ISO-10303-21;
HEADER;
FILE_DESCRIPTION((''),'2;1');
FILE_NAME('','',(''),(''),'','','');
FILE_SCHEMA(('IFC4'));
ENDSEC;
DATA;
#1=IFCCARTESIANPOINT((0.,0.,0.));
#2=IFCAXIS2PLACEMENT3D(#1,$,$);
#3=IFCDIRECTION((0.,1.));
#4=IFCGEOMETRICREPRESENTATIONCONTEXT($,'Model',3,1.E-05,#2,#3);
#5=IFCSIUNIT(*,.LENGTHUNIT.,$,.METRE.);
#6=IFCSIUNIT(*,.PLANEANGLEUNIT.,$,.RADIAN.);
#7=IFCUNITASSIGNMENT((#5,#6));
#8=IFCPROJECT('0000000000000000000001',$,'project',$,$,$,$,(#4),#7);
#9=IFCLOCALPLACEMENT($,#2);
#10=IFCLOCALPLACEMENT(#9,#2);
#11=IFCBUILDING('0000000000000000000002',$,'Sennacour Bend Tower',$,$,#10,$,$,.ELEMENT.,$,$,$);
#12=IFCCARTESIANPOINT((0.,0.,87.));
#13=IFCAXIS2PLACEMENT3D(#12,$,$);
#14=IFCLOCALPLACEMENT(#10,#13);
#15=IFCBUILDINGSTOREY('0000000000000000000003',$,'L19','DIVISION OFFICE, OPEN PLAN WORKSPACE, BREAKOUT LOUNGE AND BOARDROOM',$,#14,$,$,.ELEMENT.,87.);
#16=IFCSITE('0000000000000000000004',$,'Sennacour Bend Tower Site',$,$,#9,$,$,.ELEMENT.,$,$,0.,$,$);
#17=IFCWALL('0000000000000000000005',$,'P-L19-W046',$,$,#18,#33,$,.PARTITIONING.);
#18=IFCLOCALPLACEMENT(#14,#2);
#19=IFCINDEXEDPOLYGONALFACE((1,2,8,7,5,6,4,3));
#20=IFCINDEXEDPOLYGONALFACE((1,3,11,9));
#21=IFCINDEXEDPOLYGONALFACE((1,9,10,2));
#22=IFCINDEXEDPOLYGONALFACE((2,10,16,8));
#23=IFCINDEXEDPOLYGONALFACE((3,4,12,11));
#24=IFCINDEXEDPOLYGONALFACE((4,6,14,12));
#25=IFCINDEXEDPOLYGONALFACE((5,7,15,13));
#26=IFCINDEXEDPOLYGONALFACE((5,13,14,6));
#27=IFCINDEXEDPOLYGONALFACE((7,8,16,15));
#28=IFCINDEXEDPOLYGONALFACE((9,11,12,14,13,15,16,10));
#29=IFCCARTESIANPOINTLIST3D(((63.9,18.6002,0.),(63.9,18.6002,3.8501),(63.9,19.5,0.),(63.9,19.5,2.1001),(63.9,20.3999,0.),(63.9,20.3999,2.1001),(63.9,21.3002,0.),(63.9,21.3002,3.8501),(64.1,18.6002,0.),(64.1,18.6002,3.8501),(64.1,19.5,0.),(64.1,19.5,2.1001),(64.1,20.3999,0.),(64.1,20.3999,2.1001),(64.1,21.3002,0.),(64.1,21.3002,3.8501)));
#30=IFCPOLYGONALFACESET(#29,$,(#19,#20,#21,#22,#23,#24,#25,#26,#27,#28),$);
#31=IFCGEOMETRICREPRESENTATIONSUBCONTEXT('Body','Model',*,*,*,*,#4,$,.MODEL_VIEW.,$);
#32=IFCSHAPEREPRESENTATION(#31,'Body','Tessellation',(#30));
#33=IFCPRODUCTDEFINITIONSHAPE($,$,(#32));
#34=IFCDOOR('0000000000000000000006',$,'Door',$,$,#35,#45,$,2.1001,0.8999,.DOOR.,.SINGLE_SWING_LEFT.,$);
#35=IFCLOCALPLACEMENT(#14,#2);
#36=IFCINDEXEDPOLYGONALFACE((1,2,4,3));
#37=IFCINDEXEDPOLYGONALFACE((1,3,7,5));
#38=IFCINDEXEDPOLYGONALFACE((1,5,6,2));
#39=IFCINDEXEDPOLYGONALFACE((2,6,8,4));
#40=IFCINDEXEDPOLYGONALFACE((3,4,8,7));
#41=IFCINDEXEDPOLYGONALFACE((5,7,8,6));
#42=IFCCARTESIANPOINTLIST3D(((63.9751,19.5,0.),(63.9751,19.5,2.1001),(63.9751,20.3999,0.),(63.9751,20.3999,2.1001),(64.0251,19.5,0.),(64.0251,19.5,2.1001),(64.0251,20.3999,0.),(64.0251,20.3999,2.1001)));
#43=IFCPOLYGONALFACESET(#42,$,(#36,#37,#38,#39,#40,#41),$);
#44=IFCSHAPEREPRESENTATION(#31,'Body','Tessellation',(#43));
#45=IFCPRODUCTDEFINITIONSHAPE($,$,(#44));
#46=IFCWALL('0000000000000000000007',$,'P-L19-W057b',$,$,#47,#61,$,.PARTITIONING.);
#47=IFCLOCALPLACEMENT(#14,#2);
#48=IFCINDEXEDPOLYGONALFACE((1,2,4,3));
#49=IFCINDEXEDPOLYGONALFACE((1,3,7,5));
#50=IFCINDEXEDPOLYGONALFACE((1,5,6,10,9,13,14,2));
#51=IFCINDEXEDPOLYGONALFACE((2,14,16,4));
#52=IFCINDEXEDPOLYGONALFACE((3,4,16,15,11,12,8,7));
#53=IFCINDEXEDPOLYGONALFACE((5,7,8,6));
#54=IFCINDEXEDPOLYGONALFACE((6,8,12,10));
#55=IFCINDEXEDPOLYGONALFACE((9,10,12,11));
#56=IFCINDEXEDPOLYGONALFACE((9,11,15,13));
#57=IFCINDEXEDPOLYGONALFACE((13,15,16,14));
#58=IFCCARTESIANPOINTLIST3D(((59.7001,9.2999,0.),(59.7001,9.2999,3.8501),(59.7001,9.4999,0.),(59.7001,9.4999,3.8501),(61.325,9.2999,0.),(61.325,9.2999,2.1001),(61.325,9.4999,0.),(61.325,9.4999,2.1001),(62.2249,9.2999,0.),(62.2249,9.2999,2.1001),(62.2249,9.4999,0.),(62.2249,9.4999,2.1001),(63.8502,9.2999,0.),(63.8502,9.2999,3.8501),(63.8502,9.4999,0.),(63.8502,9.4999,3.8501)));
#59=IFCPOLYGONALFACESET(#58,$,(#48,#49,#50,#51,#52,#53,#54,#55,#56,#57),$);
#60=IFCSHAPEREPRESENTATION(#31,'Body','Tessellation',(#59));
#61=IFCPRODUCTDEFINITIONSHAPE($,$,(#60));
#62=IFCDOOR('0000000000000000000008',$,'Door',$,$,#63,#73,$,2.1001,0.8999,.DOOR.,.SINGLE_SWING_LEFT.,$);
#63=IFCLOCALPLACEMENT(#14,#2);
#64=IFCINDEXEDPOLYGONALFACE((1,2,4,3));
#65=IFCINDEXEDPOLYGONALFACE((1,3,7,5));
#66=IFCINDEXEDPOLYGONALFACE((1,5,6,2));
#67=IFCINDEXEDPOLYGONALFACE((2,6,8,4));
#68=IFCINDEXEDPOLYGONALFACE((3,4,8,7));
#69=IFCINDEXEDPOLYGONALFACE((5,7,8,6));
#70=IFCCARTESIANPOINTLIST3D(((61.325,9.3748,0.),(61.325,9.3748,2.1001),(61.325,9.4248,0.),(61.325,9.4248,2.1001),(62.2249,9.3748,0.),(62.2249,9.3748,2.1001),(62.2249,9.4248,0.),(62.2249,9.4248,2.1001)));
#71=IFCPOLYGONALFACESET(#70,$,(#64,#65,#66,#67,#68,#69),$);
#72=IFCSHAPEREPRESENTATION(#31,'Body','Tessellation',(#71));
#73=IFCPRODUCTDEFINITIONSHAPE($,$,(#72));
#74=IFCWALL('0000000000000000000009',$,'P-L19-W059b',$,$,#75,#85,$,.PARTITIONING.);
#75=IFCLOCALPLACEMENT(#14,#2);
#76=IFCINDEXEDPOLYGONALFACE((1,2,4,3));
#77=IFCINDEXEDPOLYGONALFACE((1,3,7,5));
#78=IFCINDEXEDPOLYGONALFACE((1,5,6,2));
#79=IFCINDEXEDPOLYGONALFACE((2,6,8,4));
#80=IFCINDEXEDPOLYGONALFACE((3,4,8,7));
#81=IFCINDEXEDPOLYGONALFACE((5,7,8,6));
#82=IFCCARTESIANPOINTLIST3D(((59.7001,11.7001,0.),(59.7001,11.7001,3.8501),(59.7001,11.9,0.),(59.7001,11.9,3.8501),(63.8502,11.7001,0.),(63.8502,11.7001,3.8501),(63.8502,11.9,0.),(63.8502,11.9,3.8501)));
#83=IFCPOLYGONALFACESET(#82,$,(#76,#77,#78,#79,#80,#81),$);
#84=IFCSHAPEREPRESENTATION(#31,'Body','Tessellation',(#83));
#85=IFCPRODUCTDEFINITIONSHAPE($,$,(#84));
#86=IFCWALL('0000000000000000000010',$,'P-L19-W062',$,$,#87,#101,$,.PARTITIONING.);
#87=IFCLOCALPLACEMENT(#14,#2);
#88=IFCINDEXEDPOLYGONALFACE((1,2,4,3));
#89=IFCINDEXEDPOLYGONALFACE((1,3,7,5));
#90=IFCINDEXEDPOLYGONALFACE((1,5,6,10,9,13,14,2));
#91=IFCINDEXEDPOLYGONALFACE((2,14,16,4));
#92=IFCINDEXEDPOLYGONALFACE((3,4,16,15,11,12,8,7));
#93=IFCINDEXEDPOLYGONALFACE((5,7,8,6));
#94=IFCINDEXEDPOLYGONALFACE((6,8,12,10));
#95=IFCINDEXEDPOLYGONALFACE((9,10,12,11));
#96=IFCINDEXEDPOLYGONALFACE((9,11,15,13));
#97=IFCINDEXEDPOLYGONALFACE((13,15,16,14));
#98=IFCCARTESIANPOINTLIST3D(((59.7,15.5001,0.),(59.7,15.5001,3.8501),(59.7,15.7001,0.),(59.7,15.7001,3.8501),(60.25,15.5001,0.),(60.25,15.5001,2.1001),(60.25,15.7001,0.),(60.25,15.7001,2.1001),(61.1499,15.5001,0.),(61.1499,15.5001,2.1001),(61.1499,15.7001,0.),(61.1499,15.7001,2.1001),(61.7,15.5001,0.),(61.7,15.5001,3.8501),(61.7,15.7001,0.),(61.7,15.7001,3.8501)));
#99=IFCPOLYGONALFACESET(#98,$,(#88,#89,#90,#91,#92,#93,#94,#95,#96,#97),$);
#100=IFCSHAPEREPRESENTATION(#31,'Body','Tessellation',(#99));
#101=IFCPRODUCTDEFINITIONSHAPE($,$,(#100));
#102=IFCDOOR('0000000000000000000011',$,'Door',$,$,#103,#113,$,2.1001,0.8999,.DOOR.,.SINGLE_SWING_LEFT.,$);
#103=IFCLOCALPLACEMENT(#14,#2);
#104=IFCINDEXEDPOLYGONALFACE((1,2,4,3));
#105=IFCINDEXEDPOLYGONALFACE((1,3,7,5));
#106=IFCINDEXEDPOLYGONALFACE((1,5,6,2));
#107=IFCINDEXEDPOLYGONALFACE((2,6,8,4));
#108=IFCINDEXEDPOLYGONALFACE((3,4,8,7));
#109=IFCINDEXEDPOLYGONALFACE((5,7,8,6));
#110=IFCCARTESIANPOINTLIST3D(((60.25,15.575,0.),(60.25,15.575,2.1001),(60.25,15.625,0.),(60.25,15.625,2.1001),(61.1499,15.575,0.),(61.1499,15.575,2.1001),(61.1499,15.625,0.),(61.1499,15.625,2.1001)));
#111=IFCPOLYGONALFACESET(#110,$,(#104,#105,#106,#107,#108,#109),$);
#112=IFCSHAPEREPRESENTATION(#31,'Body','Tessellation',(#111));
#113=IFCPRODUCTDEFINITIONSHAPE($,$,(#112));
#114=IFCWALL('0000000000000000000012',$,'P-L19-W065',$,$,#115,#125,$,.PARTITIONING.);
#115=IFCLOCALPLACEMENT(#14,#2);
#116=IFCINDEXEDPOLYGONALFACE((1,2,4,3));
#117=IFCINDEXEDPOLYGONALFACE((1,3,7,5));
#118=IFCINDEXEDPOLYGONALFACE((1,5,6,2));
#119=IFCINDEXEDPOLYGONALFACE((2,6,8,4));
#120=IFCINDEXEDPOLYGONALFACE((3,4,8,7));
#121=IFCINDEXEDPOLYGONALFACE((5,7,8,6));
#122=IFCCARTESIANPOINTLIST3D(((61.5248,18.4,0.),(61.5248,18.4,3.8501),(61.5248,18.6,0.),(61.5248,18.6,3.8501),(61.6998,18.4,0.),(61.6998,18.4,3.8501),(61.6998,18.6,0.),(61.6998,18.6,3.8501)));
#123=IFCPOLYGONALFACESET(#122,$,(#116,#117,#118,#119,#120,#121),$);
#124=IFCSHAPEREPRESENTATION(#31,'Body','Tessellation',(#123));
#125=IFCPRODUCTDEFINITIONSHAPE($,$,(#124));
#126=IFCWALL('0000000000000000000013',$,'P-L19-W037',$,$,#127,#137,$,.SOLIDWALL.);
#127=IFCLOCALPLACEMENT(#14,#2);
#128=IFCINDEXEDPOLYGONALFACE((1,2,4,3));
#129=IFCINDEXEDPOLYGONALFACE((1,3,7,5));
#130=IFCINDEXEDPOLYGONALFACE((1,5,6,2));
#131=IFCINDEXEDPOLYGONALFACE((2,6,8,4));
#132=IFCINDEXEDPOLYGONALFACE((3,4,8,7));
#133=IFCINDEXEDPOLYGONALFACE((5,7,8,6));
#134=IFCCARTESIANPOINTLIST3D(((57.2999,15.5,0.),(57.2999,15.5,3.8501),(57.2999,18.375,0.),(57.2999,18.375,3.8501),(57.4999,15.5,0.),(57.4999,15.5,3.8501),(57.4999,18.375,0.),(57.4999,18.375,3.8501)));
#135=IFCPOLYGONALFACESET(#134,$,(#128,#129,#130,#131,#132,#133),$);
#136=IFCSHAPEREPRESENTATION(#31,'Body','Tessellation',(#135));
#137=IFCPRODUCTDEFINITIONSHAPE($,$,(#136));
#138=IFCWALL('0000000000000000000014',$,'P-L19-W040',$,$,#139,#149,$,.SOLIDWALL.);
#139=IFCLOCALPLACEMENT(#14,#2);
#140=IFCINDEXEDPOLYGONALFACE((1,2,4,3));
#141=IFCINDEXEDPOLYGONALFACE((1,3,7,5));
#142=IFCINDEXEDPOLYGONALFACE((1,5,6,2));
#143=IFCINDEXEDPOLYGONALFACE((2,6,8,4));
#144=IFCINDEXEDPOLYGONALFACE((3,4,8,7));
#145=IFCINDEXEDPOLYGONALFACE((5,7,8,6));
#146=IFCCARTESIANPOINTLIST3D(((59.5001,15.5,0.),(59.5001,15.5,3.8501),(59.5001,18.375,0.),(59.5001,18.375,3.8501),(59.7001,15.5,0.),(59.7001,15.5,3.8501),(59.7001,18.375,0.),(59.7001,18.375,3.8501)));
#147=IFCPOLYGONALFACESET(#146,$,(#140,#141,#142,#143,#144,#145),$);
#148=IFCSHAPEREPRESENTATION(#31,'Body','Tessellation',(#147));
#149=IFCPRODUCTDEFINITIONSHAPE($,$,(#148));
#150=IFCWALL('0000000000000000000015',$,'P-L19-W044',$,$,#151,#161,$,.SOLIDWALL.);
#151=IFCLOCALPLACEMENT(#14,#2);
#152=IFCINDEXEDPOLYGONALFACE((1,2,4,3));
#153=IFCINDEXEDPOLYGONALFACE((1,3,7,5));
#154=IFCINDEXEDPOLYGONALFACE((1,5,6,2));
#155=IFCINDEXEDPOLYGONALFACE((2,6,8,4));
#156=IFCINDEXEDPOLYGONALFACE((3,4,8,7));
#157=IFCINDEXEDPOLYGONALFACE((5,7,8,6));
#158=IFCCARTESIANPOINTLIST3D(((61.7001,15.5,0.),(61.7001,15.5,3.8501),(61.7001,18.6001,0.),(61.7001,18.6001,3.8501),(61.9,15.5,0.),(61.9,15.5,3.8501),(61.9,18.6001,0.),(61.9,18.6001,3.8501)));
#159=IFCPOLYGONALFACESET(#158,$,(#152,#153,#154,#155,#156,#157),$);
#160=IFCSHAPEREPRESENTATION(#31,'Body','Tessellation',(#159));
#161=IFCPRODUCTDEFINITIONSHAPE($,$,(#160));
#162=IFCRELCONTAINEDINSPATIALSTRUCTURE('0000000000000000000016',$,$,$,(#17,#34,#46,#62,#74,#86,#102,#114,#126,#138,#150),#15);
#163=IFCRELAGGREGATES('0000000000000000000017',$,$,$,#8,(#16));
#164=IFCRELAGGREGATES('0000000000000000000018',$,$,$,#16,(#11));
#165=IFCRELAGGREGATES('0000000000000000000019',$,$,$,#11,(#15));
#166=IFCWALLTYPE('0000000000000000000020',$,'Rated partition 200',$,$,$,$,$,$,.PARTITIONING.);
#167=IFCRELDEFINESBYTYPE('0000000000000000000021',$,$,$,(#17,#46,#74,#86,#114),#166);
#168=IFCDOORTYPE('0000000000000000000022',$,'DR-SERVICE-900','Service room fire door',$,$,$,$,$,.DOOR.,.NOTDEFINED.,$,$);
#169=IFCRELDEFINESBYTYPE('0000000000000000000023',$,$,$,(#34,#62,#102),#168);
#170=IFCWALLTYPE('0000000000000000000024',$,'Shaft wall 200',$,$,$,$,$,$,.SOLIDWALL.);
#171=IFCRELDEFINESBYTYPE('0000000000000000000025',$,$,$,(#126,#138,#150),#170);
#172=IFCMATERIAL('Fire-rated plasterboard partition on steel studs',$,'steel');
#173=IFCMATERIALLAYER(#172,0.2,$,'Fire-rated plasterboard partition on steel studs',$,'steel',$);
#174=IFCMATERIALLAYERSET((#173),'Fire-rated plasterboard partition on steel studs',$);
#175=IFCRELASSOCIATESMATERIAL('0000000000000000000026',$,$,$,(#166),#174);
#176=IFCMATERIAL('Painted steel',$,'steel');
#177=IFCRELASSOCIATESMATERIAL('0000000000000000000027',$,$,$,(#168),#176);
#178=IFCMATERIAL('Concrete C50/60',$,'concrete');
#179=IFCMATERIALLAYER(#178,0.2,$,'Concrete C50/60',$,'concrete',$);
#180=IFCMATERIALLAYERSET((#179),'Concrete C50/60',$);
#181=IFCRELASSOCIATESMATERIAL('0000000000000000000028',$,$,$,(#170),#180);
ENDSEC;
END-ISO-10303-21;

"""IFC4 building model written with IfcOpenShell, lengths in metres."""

from ifc_helpers import new_model, si_unit, direction, frame, frame_2d, origin, place, context, subcontext, project, spatial, rectangle, extrude, material, layer, layer_set, type_object, element, fill, save


model = new_model("IFC4")

# Units and contexts
model_context = context("Model", 3, precision=1e-05, world=origin(), true_north=direction((0.0, 1.0)))
body_context = subcontext(model_context, "Body", "Model", "MODEL_VIEW")
ifc_project = project(units=[si_unit("LENGTHUNIT", "METRE"), si_unit("PLANEANGLEUNIT", "RADIAN")], contexts=[model_context])

# Site, building, storey
site_placement = place(None, origin())
site = spatial("IfcSite", under=ifc_project, at=site_placement, Name="Sennacour Bend Tower Site", CompositionType="ELEMENT", RefElevation=0.0)
building_placement = place(site_placement, origin())
building = spatial("IfcBuilding", under=site, at=building_placement, Name="Sennacour Bend Tower", CompositionType="ELEMENT")
storey_placement = place(building_placement, frame((0.0, 0.0, 87.0)))
storey = spatial("IfcBuildingStorey", under=building, at=storey_placement, Name="L19", Description="DIVISION OFFICE, OPEN PLAN WORKSPACE, BREAKOUT LOUNGE AND BOARDROOM", CompositionType="ELEMENT", Elevation=87.0)

# Walls, openings, doors
ifc_material_1 = material(Name="Fire-rated plasterboard partition on steel studs", Category="steel")
ifc_layer_1 = layer(ifc_material_1, 0.2, Name="Fire-rated plasterboard partition on steel studs", Category="steel")
ifc_layer_set_1 = layer_set([ifc_layer_1], Name="Fire-rated plasterboard partition on steel studs")
wall_type_1 = type_object("IfcWallType", Name="Rated partition 200", PredefinedType="PARTITIONING", material=ifc_layer_set_1)
wall_1_placement = place(storey_placement, frame((64.0, 18.6001, 0.0), z_axis=(0.0, 0.0, 1.0), x_axis=(0.0, 1.0, 0.0)))
wall_1 = element("IfcWall", 1, at=wall_1_placement, inside=storey, type_object=wall_type_1, Name="P-L19-W046", PredefinedType="PARTITIONING", context=body_context, shape_type="SweptSolid", body=[
    extrude(rectangle(XDim=2.7, YDim=0.2, at=frame_2d((1.3501, 0.0))), origin(), (0.0, 0.0, 1.0), 3.8501),
])
opening_1_placement = place(wall_1_placement, frame((0.8999, 0.0, 0.0)))
opening_1 = element("IfcOpeningElement", 2, at=opening_1_placement, cuts=wall_1, PredefinedType="OPENING", context=body_context, shape_type="SweptSolid", body=[
    extrude(rectangle(XDim=0.8999, YDim=2.1001, at=frame_2d((0.45, 1.05))), frame((0.0, 0.1099, 0.0), z_axis=(0.0, -1.0, 0.0), x_axis=(1.0, 0.0, 0.0)), (0.0, 0.0, 1.0), 0.22),
])
ifc_material_2 = material(Name="Painted steel", Category="steel")
door_type_1 = type_object("IfcDoorType", Name="DR-SERVICE-900", Description="Service room fire door", OperationType="NOTDEFINED", PredefinedType="DOOR", material=ifc_material_2)
door_1_placement = place(opening_1_placement, origin())
door_1 = element("IfcDoor", 3, at=door_1_placement, inside=storey, type_object=door_type_1, Name="Door", OperationType="SINGLE_SWING_LEFT", OverallHeight=2.1001, OverallWidth=0.8999, PredefinedType="DOOR", context=body_context, shape_type="SweptSolid", body=[
    extrude(rectangle(XDim=0.8999, YDim=2.1001, at=frame_2d((0.45, 1.05))), frame((0.0, 0.0249, 0.0), z_axis=(0.0, -1.0, 0.0), x_axis=(1.0, 0.0, 0.0)), (0.0, 0.0, 1.0), 0.05),
])
fill(opening_1, door_1)
wall_2_placement = place(storey_placement, frame((59.7, 9.3999, 0.0), z_axis=(0.0, 0.0, 1.0), x_axis=(1.0, 0.0, 0.0)))
wall_2 = element("IfcWall", 4, at=wall_2_placement, inside=storey, type_object=wall_type_1, Name="P-L19-W057b", PredefinedType="PARTITIONING", context=body_context, shape_type="SweptSolid", body=[
    extrude(rectangle(XDim=4.1501, YDim=0.2, at=frame_2d((2.0752, 0.0))), origin(), (0.0, 0.0, 1.0), 3.8501),
])
opening_2_placement = place(wall_2_placement, frame((1.625, 0.0, 0.0)))
opening_2 = element("IfcOpeningElement", 5, at=opening_2_placement, cuts=wall_2, PredefinedType="OPENING", context=body_context, shape_type="SweptSolid", body=[
    extrude(rectangle(XDim=0.8999, YDim=2.1001, at=frame_2d((0.45, 1.05))), frame((0.0, 0.1099, 0.0), z_axis=(0.0, -1.0, 0.0), x_axis=(1.0, 0.0, 0.0)), (0.0, 0.0, 1.0), 0.22),
])
door_2_placement = place(opening_2_placement, origin())
door_2 = element("IfcDoor", 6, at=door_2_placement, inside=storey, type_object=door_type_1, Name="Door", OperationType="SINGLE_SWING_LEFT", OverallHeight=2.1001, OverallWidth=0.8999, PredefinedType="DOOR", context=body_context, shape_type="SweptSolid", body=[
    extrude(rectangle(XDim=0.8999, YDim=2.1001, at=frame_2d((0.45, 1.05))), frame((0.0, 0.0249, 0.0), z_axis=(0.0, -1.0, 0.0), x_axis=(1.0, 0.0, 0.0)), (0.0, 0.0, 1.0), 0.05),
])
fill(opening_2, door_2)

# Wall
wall_3_placement = place(storey_placement, frame((59.7, 11.8, 0.0), z_axis=(0.0, 0.0, 1.0), x_axis=(1.0, 0.0, 0.0)))
element("IfcWall", 7, at=wall_3_placement, inside=storey, type_object=wall_type_1, Name="P-L19-W059b", PredefinedType="PARTITIONING", context=body_context, shape_type="SweptSolid", body=[
    extrude(rectangle(XDim=4.1501, YDim=0.2, at=frame_2d((2.0752, 0.0))), origin(), (0.0, 0.0, 1.0), 3.8501),
])

# Wall, opening, door
wall_4_placement = place(storey_placement, frame((59.7, 15.6001, 0.0), z_axis=(0.0, 0.0, 1.0), x_axis=(1.0, 0.0, 0.0)))
wall_4 = element("IfcWall", 8, at=wall_4_placement, inside=storey, type_object=wall_type_1, Name="P-L19-W062", PredefinedType="PARTITIONING", context=body_context, shape_type="SweptSolid", body=[
    extrude(rectangle(XDim=2.0, YDim=0.2, at=frame_2d((1.0, 0.0))), origin(), (0.0, 0.0, 1.0), 3.8501),
])
opening_3_placement = place(wall_4_placement, frame((0.55, 0.0, 0.0)))
opening_3 = element("IfcOpeningElement", 9, at=opening_3_placement, cuts=wall_4, PredefinedType="OPENING", context=body_context, shape_type="SweptSolid", body=[
    extrude(rectangle(XDim=0.8999, YDim=2.1001, at=frame_2d((0.45, 1.05))), frame((0.0, 0.1099, 0.0), z_axis=(0.0, -1.0, 0.0), x_axis=(1.0, 0.0, 0.0)), (0.0, 0.0, 1.0), 0.22),
])
door_3_placement = place(opening_3_placement, origin())
door_3 = element("IfcDoor", 10, at=door_3_placement, inside=storey, type_object=door_type_1, Name="Door", OperationType="SINGLE_SWING_LEFT", OverallHeight=2.1001, OverallWidth=0.8999, PredefinedType="DOOR", context=body_context, shape_type="SweptSolid", body=[
    extrude(rectangle(XDim=0.8999, YDim=2.1001, at=frame_2d((0.45, 1.05))), frame((0.0, 0.0249, 0.0), z_axis=(0.0, -1.0, 0.0), x_axis=(1.0, 0.0, 0.0)), (0.0, 0.0, 1.0), 0.05),
])
fill(opening_3, door_3)

# Walls
wall_5_placement = place(storey_placement, frame((61.5249, 18.5, 0.0), z_axis=(0.0, 0.0, 1.0), x_axis=(1.0, 0.0, 0.0)))
element("IfcWall", 11, at=wall_5_placement, inside=storey, type_object=wall_type_1, Name="P-L19-W065", PredefinedType="PARTITIONING", context=body_context, shape_type="SweptSolid", body=[
    extrude(rectangle(XDim=0.175, YDim=0.2, at=frame_2d((0.0874, 0.0))), origin(), (0.0, 0.0, 1.0), 3.8501),
])
ifc_material_3 = material(Name="Concrete C50/60", Category="concrete")
ifc_layer_2 = layer(ifc_material_3, 0.2, Name="Concrete C50/60", Category="concrete")
ifc_layer_set_2 = layer_set([ifc_layer_2], Name="Concrete C50/60")
wall_type_2 = type_object("IfcWallType", Name="Shaft wall 200", PredefinedType="SOLIDWALL", material=ifc_layer_set_2)
for number, where, z_axis, x_axis, name in (
    (12, (57.3999, 15.5, 0.0), (0.0, 0.0, 1.0), (0.0, 1.0, 0.0), "P-L19-W037"),
    (13, (59.6001, 15.5, 0.0), (0.0, 0.0, 1.0), (0.0, 1.0, 0.0), "P-L19-W040"),
):
    element("IfcWall", number, at=place(storey_placement, frame(where, z_axis=z_axis, x_axis=x_axis)), inside=storey, type_object=wall_type_2, Name=name, PredefinedType="SOLIDWALL", context=body_context, shape_type="SweptSolid", body=[
        extrude(rectangle(XDim=2.875, YDim=0.2, at=frame_2d((1.4375, 0.0))), origin(), (0.0, 0.0, 1.0), 3.8501),
    ])
wall_6_placement = place(storey_placement, frame((61.8, 15.5, 0.0), z_axis=(0.0, 0.0, 1.0), x_axis=(0.0, 1.0, 0.0)))
element("IfcWall", 14, at=wall_6_placement, inside=storey, type_object=wall_type_2, Name="P-L19-W044", PredefinedType="SOLIDWALL", context=body_context, shape_type="SweptSolid", body=[
    extrude(rectangle(XDim=3.1001, YDim=0.2, at=frame_2d((1.55, 0.0))), origin(), (0.0, 0.0, 1.0), 3.8501),
])

save(model, "model.ifc")
